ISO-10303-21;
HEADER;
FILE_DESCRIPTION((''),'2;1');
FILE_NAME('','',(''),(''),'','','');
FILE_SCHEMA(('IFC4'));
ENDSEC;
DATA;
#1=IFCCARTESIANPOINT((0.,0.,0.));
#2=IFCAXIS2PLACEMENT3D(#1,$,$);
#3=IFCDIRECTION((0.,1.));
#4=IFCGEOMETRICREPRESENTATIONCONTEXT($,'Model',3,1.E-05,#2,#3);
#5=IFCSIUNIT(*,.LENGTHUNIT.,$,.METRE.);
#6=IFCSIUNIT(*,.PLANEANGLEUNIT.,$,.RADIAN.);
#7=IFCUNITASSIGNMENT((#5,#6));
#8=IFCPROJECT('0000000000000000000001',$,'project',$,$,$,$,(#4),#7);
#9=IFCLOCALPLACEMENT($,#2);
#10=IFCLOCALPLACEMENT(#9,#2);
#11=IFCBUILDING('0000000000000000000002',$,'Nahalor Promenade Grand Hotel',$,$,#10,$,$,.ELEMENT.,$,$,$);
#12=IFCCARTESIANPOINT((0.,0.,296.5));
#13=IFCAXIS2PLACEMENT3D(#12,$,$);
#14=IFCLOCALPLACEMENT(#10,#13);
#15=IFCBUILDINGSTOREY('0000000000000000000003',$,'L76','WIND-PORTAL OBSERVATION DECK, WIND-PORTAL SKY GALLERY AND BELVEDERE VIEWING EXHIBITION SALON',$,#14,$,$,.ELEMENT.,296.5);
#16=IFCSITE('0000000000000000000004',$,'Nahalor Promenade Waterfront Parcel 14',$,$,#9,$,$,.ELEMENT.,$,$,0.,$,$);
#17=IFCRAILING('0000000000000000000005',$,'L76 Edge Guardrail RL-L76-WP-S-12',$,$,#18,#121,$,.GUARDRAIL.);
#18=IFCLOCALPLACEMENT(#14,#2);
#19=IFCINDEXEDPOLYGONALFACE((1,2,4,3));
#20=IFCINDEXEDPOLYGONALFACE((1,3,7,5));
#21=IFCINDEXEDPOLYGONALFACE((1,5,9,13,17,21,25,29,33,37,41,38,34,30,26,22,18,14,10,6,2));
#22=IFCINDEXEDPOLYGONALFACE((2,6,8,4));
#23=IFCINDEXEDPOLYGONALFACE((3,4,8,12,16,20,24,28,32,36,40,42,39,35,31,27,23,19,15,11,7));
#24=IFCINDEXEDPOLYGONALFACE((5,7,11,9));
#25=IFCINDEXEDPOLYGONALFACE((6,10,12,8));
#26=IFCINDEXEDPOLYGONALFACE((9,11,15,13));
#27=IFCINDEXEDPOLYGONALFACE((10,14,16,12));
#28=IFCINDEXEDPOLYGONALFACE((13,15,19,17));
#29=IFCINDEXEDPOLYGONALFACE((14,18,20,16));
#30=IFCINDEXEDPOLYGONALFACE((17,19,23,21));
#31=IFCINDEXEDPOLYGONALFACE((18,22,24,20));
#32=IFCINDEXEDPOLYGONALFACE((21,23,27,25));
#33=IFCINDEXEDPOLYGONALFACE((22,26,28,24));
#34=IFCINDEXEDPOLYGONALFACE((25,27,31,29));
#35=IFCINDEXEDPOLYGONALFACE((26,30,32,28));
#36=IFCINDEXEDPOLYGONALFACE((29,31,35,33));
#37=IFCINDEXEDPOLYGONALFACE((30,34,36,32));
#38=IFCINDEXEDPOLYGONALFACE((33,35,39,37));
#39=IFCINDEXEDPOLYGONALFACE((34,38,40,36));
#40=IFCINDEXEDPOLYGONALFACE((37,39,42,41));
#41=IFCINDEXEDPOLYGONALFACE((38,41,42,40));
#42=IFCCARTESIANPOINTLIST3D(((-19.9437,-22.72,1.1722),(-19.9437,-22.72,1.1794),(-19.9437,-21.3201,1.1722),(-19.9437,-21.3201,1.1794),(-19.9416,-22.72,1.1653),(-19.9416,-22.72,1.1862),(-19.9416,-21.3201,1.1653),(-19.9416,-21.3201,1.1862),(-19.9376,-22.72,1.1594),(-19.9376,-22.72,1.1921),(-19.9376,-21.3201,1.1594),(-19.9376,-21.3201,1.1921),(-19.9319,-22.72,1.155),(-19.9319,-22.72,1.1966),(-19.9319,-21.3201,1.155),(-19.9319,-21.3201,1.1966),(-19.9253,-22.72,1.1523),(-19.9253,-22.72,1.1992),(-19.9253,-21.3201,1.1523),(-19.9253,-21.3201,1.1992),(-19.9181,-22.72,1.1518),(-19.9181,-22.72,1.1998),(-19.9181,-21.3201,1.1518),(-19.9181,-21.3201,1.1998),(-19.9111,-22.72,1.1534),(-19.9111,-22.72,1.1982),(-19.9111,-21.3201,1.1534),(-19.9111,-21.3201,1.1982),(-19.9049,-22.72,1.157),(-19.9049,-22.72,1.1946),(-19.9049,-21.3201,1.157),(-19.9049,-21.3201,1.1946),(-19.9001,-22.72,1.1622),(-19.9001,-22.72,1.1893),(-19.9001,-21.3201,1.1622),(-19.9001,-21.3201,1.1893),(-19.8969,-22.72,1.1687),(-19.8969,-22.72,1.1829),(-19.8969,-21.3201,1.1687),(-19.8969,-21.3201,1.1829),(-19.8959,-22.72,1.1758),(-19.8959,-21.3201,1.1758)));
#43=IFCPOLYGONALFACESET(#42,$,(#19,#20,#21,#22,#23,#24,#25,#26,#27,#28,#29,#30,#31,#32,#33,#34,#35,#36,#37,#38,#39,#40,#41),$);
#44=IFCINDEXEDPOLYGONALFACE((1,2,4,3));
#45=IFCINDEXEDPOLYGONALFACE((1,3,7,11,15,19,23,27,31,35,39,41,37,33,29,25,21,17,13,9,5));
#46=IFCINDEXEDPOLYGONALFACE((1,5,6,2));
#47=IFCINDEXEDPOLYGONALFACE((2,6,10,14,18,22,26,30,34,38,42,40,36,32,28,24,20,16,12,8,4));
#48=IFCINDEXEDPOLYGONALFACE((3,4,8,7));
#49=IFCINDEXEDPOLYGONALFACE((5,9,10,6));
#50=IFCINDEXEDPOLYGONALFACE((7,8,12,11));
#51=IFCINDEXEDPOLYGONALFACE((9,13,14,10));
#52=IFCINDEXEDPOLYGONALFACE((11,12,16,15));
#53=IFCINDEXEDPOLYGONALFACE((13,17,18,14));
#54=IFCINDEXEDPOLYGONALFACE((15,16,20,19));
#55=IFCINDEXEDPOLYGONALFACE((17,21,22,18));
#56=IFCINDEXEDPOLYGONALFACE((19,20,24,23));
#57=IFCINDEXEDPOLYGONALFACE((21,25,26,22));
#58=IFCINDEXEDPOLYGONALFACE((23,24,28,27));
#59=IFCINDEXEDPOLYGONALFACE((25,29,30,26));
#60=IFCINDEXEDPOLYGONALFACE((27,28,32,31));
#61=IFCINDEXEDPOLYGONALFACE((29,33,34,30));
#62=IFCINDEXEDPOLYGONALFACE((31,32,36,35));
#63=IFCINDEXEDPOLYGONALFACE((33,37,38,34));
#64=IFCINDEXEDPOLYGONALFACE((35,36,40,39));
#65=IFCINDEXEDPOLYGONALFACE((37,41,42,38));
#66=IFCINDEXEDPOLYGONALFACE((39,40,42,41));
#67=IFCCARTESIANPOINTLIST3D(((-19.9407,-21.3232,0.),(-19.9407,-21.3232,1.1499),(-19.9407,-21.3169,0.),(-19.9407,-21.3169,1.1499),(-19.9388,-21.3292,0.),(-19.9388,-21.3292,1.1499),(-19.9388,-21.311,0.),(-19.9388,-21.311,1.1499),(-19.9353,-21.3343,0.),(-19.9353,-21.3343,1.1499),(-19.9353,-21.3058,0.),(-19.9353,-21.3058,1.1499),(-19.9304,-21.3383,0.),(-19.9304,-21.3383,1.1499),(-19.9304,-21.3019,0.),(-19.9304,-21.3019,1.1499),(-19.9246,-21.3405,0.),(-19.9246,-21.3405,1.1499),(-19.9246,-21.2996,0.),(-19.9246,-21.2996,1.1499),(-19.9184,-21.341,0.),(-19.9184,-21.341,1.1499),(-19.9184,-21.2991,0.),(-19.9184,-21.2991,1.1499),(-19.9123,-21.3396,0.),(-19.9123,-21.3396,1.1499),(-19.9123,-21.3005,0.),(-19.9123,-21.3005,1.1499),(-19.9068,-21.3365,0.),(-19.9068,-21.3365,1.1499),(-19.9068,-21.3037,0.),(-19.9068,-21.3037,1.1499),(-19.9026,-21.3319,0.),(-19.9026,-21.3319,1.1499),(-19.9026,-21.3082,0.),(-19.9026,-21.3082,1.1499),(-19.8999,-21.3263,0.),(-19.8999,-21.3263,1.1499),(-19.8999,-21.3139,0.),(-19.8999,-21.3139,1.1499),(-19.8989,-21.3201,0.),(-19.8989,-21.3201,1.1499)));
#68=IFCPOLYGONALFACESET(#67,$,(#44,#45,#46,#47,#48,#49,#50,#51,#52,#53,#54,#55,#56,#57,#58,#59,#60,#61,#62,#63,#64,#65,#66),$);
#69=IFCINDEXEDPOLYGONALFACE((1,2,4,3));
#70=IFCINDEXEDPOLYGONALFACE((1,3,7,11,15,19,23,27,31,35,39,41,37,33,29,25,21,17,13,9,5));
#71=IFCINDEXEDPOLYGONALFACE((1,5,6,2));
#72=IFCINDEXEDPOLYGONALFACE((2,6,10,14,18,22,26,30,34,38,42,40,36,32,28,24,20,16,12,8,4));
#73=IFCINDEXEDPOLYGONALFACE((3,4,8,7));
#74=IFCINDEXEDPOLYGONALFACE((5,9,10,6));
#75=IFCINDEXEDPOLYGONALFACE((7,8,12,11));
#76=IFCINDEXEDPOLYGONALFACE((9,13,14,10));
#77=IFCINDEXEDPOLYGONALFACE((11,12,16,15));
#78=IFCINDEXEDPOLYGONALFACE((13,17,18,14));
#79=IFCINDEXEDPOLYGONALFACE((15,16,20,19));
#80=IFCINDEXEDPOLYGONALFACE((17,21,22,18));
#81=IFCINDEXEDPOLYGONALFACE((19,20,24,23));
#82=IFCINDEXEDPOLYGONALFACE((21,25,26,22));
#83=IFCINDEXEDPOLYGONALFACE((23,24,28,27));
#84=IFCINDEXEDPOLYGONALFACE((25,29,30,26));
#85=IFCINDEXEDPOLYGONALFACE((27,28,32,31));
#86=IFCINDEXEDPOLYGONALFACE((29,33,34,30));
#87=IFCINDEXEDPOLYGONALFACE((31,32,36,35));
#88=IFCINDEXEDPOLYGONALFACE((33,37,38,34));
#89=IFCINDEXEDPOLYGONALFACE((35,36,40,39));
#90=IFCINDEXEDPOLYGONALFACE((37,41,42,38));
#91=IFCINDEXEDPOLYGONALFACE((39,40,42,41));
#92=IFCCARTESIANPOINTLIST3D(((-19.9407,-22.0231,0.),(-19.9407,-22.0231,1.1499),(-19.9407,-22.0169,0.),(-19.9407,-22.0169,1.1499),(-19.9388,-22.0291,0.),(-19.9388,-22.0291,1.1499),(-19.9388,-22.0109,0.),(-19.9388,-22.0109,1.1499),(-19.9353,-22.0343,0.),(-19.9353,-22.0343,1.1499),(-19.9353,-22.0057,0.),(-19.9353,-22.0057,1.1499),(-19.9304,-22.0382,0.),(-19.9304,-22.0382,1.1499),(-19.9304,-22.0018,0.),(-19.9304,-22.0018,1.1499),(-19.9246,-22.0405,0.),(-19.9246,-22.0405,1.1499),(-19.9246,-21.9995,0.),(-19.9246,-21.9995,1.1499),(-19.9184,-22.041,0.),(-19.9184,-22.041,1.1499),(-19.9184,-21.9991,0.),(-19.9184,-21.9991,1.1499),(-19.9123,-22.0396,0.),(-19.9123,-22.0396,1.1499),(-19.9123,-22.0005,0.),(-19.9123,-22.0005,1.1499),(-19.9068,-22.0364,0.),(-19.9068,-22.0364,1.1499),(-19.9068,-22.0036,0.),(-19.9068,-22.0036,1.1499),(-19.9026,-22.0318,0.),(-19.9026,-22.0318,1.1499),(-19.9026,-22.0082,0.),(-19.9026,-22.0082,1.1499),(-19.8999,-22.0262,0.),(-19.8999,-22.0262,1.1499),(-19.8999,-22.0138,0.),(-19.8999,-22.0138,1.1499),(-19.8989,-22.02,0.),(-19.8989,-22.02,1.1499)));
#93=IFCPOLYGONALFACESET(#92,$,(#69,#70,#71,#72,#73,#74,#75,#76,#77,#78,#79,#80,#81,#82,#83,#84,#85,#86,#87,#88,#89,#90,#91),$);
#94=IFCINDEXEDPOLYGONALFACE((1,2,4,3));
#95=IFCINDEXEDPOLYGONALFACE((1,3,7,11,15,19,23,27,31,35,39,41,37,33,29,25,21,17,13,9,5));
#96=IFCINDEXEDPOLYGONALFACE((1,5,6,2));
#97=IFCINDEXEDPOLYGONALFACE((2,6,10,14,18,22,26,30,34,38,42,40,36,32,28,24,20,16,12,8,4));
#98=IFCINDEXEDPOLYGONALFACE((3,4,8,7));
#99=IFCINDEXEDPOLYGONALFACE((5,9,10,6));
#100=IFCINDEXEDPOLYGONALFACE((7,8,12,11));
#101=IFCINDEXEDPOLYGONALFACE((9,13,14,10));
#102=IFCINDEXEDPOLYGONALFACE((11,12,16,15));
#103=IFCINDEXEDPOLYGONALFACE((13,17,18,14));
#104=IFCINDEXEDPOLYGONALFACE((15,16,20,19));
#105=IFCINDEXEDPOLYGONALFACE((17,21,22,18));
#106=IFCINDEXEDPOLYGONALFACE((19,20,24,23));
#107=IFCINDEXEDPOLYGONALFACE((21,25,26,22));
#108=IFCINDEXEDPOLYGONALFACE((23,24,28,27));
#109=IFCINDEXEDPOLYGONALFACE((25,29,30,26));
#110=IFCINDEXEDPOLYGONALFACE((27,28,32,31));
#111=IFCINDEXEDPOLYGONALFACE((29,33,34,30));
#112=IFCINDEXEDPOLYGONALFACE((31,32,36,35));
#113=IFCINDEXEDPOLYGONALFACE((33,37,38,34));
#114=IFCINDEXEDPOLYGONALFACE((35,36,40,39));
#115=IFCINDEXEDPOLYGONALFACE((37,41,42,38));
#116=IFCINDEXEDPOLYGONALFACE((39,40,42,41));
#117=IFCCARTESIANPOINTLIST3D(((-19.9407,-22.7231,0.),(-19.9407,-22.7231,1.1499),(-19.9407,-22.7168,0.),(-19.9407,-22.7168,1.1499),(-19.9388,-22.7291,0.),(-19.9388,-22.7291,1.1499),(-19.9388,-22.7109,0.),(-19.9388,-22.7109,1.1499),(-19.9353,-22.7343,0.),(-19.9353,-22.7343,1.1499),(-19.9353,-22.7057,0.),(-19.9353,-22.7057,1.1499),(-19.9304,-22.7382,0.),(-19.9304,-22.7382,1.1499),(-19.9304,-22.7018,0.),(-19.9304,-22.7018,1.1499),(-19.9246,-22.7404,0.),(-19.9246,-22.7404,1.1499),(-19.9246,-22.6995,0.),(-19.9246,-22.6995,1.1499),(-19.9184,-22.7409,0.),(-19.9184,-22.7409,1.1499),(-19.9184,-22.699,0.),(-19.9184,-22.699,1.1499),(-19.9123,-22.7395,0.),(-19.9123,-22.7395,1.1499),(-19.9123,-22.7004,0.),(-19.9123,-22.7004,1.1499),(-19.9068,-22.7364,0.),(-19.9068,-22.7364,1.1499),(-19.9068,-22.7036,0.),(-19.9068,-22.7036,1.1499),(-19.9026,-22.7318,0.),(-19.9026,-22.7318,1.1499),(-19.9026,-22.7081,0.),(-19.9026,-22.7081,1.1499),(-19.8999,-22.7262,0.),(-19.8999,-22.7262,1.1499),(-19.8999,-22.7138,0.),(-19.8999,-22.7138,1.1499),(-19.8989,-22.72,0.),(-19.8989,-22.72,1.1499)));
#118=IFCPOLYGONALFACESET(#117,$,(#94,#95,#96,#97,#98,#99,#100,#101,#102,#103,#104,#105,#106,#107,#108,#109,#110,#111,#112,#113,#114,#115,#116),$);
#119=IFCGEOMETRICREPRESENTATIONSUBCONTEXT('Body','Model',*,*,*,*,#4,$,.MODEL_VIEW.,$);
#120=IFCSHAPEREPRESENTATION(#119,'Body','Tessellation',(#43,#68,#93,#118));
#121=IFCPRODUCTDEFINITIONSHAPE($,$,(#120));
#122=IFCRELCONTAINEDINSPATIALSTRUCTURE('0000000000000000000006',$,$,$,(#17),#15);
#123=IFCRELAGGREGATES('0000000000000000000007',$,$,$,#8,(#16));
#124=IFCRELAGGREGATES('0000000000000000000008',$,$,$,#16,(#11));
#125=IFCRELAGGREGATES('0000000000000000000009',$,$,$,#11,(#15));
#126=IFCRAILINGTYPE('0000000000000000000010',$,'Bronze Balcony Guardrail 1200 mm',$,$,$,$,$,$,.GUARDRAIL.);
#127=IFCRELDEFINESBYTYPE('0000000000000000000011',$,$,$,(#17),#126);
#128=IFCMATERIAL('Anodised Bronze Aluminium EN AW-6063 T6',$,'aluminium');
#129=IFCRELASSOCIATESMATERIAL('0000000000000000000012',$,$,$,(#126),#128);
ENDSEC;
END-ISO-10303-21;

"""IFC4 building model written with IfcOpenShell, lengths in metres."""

from ifc_helpers import new_model, si_unit, direction, frame, origin, origin_2d, place, context, subcontext, project, spatial, circle, extrude, material, type_object, element, save


model = new_model("IFC4")

# Units and contexts
model_context = context("Model", 3, precision=1e-05, world=origin(), true_north=direction((0.0, 1.0)))
body_context = subcontext(model_context, "Body", "Model", "MODEL_VIEW")
ifc_project = project(units=[si_unit("LENGTHUNIT", "METRE"), si_unit("PLANEANGLEUNIT", "RADIAN")], contexts=[model_context])

# Site, building, storey
site_placement = place(None, origin())
site = spatial("IfcSite", under=ifc_project, at=site_placement, Name="Nahalor Promenade Waterfront Parcel 14", CompositionType="ELEMENT", RefElevation=0.0)
building_placement = place(site_placement, origin())
building = spatial("IfcBuilding", under=site, at=building_placement, Name="Nahalor Promenade Grand Hotel", CompositionType="ELEMENT")
storey_placement = place(building_placement, frame((0.0, 0.0, 296.5)))
storey = spatial("IfcBuildingStorey", under=building, at=storey_placement, Name="L76", Description="WIND-PORTAL OBSERVATION DECK, WIND-PORTAL SKY GALLERY AND BELVEDERE VIEWING EXHIBITION SALON", CompositionType="ELEMENT", Elevation=296.5)

# Railing
ifc_material_1 = material(Name="Anodised Bronze Aluminium EN AW-6063 T6", Category="aluminium")
railing_type = type_object("IfcRailingType", Name="Bronze Balcony Guardrail 1200 mm", PredefinedType="GUARDRAIL", material=ifc_material_1)
railing_1_placement = place(storey_placement, frame((-19.9199, -21.3201, 0.0)))
element("IfcRailing", 1, at=railing_1_placement, inside=storey, type_object=railing_type, Name="L76 Edge Guardrail RL-L76-WP-S-12", PredefinedType="GUARDRAIL", context=body_context, shape_type="SweptSolid", body=[
    extrude(circle(Radius=0.024, at=origin_2d()), frame((0.0, 0.0, 1.1758), z_axis=(0.0, -1.0, 0.0), x_axis=(1.0, 0.0, 0.0)), (0.0, 0.0, 1.0), 1.3999),
    extrude(circle(Radius=0.021, at=origin_2d()), origin(), (0.0, 0.0, 1.0), 1.1499),
    extrude(circle(Radius=0.021, at=origin_2d()), frame((0.0, -0.7, 0.0)), (0.0, 0.0, 1.0), 1.1499),
    extrude(circle(Radius=0.021, at=origin_2d()), frame((0.0, -1.3999, 0.0)), (0.0, 0.0, 1.0), 1.1499),
])

save(model, "model.ifc")
